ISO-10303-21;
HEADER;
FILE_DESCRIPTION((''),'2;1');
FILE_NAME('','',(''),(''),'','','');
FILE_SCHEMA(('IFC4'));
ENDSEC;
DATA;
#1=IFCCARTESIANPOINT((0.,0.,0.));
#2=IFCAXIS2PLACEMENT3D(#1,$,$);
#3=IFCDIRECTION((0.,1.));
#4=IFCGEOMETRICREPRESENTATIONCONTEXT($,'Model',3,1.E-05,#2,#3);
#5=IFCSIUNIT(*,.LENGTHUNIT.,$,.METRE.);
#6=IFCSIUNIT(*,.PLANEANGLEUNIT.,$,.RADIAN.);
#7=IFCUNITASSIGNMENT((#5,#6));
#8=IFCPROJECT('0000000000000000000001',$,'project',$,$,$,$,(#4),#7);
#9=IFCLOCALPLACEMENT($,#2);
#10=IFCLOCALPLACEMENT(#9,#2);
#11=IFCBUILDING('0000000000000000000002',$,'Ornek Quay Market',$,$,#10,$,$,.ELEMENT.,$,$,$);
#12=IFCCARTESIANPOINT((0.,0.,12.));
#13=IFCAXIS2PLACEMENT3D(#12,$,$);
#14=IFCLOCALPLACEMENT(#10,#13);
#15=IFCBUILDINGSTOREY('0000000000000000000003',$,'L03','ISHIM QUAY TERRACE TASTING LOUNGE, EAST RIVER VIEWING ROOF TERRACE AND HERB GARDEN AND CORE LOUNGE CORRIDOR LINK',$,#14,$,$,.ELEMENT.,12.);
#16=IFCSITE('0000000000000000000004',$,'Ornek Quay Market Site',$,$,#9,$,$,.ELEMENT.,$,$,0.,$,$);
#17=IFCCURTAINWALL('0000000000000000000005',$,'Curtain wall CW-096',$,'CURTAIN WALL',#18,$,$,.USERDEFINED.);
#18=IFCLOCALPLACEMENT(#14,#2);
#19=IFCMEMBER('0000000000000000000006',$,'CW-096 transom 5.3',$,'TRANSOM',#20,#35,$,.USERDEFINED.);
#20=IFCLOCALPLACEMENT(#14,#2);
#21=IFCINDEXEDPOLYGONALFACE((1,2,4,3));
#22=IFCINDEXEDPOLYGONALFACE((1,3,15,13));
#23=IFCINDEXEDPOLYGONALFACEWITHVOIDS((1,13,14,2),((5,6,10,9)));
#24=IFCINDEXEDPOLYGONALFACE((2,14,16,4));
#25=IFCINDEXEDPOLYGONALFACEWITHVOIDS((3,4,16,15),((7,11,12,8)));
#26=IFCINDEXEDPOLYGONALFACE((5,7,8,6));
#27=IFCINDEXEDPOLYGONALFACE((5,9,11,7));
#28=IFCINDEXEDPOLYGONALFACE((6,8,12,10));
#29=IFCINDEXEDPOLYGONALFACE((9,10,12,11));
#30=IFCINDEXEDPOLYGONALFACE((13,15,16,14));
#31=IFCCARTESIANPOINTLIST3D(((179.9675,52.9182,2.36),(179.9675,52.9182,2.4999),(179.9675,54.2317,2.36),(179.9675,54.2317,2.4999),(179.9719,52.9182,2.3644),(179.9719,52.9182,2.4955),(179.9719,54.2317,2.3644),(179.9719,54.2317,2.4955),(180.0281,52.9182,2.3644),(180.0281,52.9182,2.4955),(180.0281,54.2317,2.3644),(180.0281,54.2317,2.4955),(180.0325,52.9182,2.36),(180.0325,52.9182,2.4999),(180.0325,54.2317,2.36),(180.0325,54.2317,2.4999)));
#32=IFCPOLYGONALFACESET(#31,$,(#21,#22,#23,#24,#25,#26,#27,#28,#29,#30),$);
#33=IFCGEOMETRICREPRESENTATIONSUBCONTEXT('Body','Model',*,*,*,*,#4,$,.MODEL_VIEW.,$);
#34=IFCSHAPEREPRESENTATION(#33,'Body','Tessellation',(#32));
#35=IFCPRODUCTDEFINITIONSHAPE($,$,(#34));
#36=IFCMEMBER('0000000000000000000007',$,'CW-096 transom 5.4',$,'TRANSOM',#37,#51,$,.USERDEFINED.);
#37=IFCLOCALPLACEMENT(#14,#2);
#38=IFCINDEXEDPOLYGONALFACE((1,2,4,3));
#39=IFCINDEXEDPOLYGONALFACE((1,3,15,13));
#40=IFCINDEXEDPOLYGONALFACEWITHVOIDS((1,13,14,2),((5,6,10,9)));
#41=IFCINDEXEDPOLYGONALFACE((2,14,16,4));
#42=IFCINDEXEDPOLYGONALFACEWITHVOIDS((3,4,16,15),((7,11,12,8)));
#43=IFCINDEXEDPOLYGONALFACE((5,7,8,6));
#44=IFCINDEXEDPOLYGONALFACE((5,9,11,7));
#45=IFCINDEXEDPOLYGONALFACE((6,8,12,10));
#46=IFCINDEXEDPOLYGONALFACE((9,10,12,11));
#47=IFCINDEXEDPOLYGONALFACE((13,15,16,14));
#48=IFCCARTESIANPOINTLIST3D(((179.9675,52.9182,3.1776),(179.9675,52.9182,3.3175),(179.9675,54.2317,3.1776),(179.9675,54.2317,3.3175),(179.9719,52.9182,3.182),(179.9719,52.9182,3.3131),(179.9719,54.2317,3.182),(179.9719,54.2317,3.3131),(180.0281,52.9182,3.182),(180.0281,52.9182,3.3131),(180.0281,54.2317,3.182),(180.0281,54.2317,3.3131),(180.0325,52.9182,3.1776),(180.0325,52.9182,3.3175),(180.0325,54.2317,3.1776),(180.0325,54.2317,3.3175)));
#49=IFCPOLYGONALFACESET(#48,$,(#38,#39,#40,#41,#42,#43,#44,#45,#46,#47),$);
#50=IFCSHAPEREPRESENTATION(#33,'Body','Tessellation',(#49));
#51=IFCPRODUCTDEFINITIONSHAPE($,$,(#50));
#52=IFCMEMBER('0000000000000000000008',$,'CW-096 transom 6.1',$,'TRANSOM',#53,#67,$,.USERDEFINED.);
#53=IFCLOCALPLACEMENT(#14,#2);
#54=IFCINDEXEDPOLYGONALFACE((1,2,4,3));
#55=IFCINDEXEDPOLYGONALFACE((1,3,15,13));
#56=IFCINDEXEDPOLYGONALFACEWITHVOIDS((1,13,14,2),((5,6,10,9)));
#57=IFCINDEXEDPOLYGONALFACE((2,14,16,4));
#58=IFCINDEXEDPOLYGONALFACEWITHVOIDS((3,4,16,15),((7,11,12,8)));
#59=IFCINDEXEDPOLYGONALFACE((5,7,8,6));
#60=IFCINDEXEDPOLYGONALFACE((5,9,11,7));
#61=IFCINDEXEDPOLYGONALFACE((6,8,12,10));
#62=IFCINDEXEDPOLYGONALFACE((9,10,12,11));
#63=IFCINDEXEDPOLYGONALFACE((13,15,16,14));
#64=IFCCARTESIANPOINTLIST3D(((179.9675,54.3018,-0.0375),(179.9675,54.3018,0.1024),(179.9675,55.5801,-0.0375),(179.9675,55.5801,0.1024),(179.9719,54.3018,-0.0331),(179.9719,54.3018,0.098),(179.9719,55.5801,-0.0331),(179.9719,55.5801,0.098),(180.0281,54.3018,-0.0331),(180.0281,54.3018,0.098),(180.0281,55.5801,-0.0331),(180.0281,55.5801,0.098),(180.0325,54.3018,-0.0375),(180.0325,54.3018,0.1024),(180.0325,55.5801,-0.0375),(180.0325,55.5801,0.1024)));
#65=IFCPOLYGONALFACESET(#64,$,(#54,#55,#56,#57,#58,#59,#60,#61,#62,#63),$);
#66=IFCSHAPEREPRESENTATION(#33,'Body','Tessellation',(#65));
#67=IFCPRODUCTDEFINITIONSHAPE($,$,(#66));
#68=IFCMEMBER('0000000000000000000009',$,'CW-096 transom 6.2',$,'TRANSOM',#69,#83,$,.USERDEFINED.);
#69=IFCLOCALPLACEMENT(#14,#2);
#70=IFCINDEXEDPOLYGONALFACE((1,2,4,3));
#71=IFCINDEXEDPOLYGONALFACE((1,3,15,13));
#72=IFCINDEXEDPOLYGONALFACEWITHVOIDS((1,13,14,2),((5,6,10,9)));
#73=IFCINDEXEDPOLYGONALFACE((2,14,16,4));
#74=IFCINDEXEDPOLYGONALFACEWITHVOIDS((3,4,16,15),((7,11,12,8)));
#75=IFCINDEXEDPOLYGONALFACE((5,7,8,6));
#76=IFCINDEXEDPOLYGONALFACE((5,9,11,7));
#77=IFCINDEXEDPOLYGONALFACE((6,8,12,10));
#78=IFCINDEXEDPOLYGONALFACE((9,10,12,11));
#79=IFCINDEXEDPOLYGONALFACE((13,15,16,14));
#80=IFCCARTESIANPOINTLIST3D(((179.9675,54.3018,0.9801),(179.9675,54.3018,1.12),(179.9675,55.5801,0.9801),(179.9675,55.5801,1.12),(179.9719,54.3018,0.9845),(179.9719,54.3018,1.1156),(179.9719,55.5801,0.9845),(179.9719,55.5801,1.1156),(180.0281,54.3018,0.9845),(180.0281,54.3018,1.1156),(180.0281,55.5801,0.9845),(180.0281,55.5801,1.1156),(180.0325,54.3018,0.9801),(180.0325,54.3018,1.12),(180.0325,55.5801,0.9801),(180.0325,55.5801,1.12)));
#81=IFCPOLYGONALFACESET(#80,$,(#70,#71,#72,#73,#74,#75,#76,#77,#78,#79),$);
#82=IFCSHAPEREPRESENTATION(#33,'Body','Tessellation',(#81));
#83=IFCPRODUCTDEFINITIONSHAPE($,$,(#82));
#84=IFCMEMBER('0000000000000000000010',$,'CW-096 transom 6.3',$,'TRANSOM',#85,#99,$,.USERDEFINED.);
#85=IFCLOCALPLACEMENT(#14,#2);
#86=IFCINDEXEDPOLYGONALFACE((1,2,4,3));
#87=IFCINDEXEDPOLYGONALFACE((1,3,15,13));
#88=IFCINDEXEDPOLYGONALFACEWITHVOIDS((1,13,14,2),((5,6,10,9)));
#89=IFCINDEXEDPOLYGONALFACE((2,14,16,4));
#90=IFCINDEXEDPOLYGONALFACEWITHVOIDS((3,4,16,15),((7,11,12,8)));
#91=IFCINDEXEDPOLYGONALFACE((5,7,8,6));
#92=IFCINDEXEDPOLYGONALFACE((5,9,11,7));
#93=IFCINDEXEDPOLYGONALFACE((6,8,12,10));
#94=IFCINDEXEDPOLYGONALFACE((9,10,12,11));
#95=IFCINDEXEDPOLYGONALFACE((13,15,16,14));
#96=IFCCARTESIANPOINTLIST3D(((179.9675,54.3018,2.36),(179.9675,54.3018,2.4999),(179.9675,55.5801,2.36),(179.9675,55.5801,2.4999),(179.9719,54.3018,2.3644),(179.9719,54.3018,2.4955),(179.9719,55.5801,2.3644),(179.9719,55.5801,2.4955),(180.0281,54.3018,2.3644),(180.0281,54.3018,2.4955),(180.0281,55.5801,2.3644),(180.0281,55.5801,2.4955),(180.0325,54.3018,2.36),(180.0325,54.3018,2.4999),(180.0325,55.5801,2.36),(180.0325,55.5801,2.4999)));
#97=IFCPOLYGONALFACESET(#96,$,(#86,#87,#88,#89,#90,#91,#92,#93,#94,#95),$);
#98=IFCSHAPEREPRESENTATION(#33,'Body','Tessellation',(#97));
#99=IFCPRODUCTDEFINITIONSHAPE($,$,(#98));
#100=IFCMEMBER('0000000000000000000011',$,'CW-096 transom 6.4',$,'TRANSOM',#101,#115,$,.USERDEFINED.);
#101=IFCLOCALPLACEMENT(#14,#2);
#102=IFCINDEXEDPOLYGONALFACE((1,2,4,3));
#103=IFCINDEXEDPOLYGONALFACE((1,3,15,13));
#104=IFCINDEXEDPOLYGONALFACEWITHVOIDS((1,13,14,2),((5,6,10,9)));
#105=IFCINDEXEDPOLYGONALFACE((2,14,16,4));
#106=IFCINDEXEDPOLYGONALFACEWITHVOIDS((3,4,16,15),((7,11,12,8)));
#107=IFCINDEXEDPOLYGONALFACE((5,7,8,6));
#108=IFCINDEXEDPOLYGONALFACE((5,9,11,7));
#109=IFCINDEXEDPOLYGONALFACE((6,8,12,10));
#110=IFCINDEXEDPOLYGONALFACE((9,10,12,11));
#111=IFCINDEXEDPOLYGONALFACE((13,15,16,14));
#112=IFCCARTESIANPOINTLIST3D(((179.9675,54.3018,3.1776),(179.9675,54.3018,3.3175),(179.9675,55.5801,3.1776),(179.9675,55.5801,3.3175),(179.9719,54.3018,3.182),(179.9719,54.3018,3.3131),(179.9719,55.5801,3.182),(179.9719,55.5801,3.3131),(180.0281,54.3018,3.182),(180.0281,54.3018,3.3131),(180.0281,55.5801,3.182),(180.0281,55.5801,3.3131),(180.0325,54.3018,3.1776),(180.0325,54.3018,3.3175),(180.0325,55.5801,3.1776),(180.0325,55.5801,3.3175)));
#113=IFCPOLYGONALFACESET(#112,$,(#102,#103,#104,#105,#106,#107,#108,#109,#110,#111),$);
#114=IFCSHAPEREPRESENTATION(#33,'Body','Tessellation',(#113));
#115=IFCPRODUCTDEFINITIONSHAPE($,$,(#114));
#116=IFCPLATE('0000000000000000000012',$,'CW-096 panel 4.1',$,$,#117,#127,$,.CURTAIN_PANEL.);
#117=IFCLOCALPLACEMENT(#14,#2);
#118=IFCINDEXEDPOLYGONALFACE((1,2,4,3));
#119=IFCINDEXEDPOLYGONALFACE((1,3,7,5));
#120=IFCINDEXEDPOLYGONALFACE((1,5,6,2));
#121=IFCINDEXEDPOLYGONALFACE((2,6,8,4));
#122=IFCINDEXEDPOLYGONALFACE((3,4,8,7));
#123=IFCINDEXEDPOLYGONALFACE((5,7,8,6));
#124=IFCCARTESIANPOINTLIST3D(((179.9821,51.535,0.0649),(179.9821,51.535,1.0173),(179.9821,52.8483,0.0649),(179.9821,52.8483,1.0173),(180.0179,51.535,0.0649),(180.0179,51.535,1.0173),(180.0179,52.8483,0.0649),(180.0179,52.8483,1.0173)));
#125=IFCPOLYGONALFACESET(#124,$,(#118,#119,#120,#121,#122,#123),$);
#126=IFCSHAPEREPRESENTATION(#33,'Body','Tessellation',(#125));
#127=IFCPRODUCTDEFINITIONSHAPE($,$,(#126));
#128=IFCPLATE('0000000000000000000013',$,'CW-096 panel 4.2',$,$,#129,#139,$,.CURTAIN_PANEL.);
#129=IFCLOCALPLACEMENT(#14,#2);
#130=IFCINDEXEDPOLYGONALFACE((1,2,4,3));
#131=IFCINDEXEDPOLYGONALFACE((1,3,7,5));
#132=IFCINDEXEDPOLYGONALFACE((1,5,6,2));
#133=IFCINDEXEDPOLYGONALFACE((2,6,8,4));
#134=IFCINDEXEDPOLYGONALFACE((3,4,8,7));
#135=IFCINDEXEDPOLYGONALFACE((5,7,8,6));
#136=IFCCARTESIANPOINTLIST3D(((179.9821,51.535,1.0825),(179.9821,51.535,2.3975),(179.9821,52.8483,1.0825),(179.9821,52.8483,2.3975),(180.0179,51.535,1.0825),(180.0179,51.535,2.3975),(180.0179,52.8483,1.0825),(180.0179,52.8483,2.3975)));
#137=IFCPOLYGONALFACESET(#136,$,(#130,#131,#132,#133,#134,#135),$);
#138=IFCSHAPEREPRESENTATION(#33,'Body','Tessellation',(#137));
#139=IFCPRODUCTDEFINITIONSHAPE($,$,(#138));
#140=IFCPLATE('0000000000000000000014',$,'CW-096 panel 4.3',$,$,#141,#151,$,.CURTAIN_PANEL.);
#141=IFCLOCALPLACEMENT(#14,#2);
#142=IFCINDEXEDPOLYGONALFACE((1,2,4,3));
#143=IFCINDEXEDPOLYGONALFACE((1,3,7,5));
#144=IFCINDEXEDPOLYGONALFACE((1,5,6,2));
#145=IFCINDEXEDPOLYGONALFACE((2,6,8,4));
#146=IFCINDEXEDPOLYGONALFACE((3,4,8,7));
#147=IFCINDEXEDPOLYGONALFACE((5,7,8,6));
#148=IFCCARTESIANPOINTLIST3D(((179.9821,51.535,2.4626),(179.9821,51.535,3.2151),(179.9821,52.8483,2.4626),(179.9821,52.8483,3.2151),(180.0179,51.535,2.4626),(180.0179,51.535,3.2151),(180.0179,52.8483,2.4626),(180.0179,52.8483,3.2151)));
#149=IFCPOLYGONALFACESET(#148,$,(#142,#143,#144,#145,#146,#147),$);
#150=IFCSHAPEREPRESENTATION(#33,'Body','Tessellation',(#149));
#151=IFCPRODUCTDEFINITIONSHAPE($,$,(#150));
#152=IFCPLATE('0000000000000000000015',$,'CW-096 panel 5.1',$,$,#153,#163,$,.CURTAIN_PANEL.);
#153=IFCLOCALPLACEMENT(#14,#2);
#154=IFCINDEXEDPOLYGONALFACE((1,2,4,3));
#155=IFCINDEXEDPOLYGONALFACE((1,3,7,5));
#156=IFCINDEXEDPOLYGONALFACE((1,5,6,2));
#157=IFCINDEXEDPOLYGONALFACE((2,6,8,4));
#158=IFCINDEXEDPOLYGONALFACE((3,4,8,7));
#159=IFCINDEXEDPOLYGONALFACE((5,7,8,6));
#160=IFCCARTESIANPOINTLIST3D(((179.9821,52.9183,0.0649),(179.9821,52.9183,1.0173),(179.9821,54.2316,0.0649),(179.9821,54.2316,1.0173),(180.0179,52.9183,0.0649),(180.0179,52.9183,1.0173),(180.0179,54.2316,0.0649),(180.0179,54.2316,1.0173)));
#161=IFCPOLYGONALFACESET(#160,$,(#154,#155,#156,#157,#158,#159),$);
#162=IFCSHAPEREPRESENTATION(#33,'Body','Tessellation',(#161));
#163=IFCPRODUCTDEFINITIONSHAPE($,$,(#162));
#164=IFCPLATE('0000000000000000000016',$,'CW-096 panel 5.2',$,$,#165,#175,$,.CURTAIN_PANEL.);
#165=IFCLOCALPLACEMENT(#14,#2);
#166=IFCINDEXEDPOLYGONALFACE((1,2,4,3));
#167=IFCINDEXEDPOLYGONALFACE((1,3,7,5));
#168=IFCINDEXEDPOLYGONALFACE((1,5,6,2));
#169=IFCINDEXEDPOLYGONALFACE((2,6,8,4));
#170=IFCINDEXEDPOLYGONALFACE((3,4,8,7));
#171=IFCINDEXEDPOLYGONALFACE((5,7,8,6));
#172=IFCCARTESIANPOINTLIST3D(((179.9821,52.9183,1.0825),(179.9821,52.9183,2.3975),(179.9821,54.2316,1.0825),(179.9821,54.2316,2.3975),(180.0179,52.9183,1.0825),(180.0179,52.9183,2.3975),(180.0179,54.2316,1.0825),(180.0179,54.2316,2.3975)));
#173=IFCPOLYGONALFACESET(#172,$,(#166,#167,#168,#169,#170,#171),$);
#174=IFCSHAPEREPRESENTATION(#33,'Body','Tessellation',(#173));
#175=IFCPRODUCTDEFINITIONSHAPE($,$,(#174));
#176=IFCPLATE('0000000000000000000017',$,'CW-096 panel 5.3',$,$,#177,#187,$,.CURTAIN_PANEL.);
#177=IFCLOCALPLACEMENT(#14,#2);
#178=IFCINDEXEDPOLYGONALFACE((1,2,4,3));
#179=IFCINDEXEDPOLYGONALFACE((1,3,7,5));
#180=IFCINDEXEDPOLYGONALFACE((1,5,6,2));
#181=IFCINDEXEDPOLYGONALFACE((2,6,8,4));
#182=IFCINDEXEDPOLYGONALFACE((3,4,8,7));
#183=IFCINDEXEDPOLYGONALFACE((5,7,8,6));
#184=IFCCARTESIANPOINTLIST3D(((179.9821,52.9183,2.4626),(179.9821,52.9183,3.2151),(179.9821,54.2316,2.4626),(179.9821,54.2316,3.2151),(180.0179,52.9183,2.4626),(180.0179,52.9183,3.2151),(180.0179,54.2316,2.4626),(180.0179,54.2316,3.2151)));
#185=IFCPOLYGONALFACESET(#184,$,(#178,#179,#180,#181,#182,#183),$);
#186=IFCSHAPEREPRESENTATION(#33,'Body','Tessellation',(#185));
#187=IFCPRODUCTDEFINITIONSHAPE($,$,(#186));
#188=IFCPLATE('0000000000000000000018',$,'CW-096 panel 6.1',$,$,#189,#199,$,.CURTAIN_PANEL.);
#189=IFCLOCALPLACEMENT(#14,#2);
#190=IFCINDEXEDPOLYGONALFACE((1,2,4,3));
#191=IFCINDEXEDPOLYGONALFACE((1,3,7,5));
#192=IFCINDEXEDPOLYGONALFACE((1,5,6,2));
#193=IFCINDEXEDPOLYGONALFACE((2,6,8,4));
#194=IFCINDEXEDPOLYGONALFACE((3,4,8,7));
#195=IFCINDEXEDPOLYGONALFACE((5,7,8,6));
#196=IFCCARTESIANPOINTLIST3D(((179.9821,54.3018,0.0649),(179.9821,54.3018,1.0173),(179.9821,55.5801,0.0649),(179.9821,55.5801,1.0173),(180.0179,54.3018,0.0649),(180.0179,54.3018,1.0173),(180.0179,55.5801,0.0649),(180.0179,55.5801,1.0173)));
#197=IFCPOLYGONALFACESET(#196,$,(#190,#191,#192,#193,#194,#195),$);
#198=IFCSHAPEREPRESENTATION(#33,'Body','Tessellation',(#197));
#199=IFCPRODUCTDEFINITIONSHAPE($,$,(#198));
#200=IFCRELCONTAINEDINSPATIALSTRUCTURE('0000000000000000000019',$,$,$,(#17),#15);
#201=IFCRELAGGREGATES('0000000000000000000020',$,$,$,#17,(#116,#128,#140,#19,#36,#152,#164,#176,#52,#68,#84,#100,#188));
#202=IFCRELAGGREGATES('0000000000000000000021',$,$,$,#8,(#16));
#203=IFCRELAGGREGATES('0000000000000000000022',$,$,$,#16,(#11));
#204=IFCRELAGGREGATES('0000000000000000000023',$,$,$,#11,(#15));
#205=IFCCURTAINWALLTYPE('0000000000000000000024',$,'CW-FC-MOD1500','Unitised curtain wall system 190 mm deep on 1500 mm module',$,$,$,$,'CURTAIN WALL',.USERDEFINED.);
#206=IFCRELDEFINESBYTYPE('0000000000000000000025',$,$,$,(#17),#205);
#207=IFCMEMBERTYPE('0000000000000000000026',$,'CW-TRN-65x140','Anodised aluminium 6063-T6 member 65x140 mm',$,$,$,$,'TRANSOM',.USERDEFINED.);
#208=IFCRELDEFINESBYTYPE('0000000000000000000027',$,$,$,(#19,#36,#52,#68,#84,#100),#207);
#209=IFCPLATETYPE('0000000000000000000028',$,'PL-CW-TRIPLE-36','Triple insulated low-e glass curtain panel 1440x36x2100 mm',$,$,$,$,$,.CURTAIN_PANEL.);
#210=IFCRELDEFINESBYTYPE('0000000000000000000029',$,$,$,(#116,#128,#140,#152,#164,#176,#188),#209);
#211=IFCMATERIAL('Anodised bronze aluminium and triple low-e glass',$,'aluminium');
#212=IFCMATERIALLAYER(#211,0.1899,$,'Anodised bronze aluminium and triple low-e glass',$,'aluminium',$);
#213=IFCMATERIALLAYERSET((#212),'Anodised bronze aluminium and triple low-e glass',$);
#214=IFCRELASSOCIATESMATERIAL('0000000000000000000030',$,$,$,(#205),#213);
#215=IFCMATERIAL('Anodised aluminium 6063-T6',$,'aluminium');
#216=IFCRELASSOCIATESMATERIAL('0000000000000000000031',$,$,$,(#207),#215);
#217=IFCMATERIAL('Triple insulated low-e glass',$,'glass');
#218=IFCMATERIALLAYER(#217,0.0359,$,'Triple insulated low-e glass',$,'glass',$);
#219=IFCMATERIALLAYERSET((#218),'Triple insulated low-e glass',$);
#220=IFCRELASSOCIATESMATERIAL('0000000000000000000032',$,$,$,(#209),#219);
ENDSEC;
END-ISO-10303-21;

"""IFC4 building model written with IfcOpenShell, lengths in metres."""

from ifc_helpers import new_model, si_unit, direction, frame, origin, origin_2d, place, context, subcontext, project, spatial, rectangle, hollow_rectangle, extrude, material, layer, layer_set, material_profile, profile_set, type_object, element, aggregate, save


model = new_model("IFC4")

# Units and contexts
model_context = context("Model", 3, precision=1e-05, world=origin(), true_north=direction((0.0, 1.0)))
body_context = subcontext(model_context, "Body", "Model", "MODEL_VIEW")
ifc_project = project(units=[si_unit("LENGTHUNIT", "METRE"), si_unit("PLANEANGLEUNIT", "RADIAN")], contexts=[model_context])

# Site, building, storey
site_placement = place(None, origin())
site = spatial("IfcSite", under=ifc_project, at=site_placement, Name="Ornek Quay Market Site", CompositionType="ELEMENT", RefElevation=0.0)
building_placement = place(site_placement, origin())
building = spatial("IfcBuilding", under=site, at=building_placement, Name="Ornek Quay Market", CompositionType="ELEMENT")
storey_placement = place(building_placement, frame((0.0, 0.0, 12.0)))
storey = spatial("IfcBuildingStorey", under=building, at=storey_placement, Name="L03", Description="ISHIM QUAY TERRACE TASTING LOUNGE, EAST RIVER VIEWING ROOF TERRACE AND HERB GARDEN AND CORE LOUNGE CORRIDOR LINK", CompositionType="ELEMENT", Elevation=12.0)

# Curtain wall, members, plates
ifc_material_1 = material(Name="Anodised bronze aluminium and triple low-e glass", Category="aluminium")
ifc_layer_1 = layer(ifc_material_1, 0.1899, Name="Anodised bronze aluminium and triple low-e glass", Category="aluminium")
ifc_layer_set_1 = layer_set([ifc_layer_1], Name="Anodised bronze aluminium and triple low-e glass")
curtain_wall_type = type_object("IfcCurtainWallType", Name="CW-FC-MOD1500", Description="Unitised curtain wall system 190 mm deep on 1500 mm module", ElementType="CURTAIN WALL", PredefinedType="USERDEFINED", material=ifc_layer_set_1)
curtain_wall_placement = place(storey_placement, origin())
curtain_wall = element("IfcCurtainWall", 1, at=curtain_wall_placement, inside=storey, type_object=curtain_wall_type, Name="Curtain wall CW-096", ObjectType="CURTAIN WALL", PredefinedType="USERDEFINED")
ifc_material_2 = material(Name="Anodised aluminium 6063-T6", Category="aluminium")
ifc_material_profile_1 = material_profile(ifc_material_2, hollow_rectangle(XDim=0.0649, YDim=0.1399, WallThickness=0.0044, at=origin_2d()), Name="CW-TRN-65x140", Category="aluminium")
ifc_profile_set_1 = profile_set([ifc_material_profile_1], Name="Anodised aluminium 6063-T6")
member_type_1 = type_object("IfcMemberType", Name="CW-TRN-65x140", Description="Anodised aluminium 6063-T6 member 65x140 mm", ElementType="TRANSOM", PredefinedType="USERDEFINED", material=ifc_profile_set_1)
member_1_placement = place(storey_placement, frame((180.0, 52.9182, 2.4299), z_axis=(0.0, 1.0, 0.0), x_axis=(-1.0, 0.0, 0.0)))
member_1 = element("IfcMember", 2, at=member_1_placement, type_object=member_type_1, Name="CW-096 transom 5.3", ObjectType="TRANSOM", PredefinedType="USERDEFINED", context=body_context, shape_type="SweptSolid", body=[
    extrude(hollow_rectangle(XDim=0.0649, YDim=0.1399, WallThickness=0.0044, at=origin_2d()), origin(), (0.0, 0.0, 1.0), 1.3135),
])
member_2_placement = place(storey_placement, frame((180.0, 52.9182, 3.2476), z_axis=(0.0, 1.0, 0.0), x_axis=(-1.0, 0.0, 0.0)))
member_2 = element("IfcMember", 3, at=member_2_placement, type_object=member_type_1, Name="CW-096 transom 5.4", ObjectType="TRANSOM", PredefinedType="USERDEFINED", context=body_context, shape_type="SweptSolid", body=[
    extrude(hollow_rectangle(XDim=0.0649, YDim=0.1399, WallThickness=0.0044, at=origin_2d()), origin(), (0.0, 0.0, 1.0), 1.3135),
])
member_3_placement = place(storey_placement, frame((180.0, 54.3018, 0.0325), z_axis=(0.0, 1.0, 0.0), x_axis=(-1.0, 0.0, 0.0)))
member_3 = element("IfcMember", 4, at=member_3_placement, type_object=member_type_1, Name="CW-096 transom 6.1", ObjectType="TRANSOM", PredefinedType="USERDEFINED", context=body_context, shape_type="SweptSolid", body=[
    extrude(hollow_rectangle(XDim=0.0649, YDim=0.1399, WallThickness=0.0044, at=origin_2d()), origin(), (0.0, 0.0, 1.0), 1.2783),
])
member_4_placement = place(storey_placement, frame((180.0, 54.3018, 1.05), z_axis=(0.0, 1.0, 0.0), x_axis=(-1.0, 0.0, 0.0)))
member_4 = element("IfcMember", 5, at=member_4_placement, type_object=member_type_1, Name="CW-096 transom 6.2", ObjectType="TRANSOM", PredefinedType="USERDEFINED", context=body_context, shape_type="SweptSolid", body=[
    extrude(hollow_rectangle(XDim=0.0649, YDim=0.1399, WallThickness=0.0044, at=origin_2d()), origin(), (0.0, 0.0, 1.0), 1.2783),
])
member_5_placement = place(storey_placement, frame((180.0, 54.3018, 2.4299), z_axis=(0.0, 1.0, 0.0), x_axis=(-1.0, 0.0, 0.0)))
member_5 = element("IfcMember", 6, at=member_5_placement, type_object=member_type_1, Name="CW-096 transom 6.3", ObjectType="TRANSOM", PredefinedType="USERDEFINED", context=body_context, shape_type="SweptSolid", body=[
    extrude(hollow_rectangle(XDim=0.0649, YDim=0.1399, WallThickness=0.0044, at=origin_2d()), origin(), (0.0, 0.0, 1.0), 1.2783),
])
member_6_placement = place(storey_placement, frame((180.0, 54.3018, 3.2476), z_axis=(0.0, 1.0, 0.0), x_axis=(-1.0, 0.0, 0.0)))
member_6 = element("IfcMember", 7, at=member_6_placement, type_object=member_type_1, Name="CW-096 transom 6.4", ObjectType="TRANSOM", PredefinedType="USERDEFINED", context=body_context, shape_type="SweptSolid", body=[
    extrude(hollow_rectangle(XDim=0.0649, YDim=0.1399, WallThickness=0.0044, at=origin_2d()), origin(), (0.0, 0.0, 1.0), 1.2783),
])
ifc_material_3 = material(Name="Triple insulated low-e glass", Category="glass")
ifc_layer_2 = layer(ifc_material_3, 0.0359, Name="Triple insulated low-e glass", Category="glass")
ifc_layer_set_2 = layer_set([ifc_layer_2], Name="Triple insulated low-e glass")
plate_type = type_object("IfcPlateType", Name="PL-CW-TRIPLE-36", Description="Triple insulated low-e glass curtain panel 1440x36x2100 mm", PredefinedType="CURTAIN_PANEL", material=ifc_layer_set_2)
plate_1_placement = place(storey_placement, frame((180.0, 52.1917, 0.0649), z_axis=(0.0, 0.0, 1.0), x_axis=(0.0, 1.0, 0.0)))
plate_1 = element("IfcPlate", 8, at=plate_1_placement, type_object=plate_type, Name="CW-096 panel 4.1", PredefinedType="CURTAIN_PANEL", context=body_context, shape_type="SweptSolid", body=[
    extrude(rectangle(XDim=1.3132, YDim=0.0359, at=origin_2d()), origin(), (0.0, 0.0, 1.0), 0.9524),
])
plate_2_placement = place(storey_placement, frame((180.0, 52.1917, 1.0825), z_axis=(0.0, 0.0, 1.0), x_axis=(0.0, 1.0, 0.0)))
plate_2 = element("IfcPlate", 9, at=plate_2_placement, type_object=plate_type, Name="CW-096 panel 4.2", PredefinedType="CURTAIN_PANEL", context=body_context, shape_type="SweptSolid", body=[
    extrude(rectangle(XDim=1.3132, YDim=0.0359, at=origin_2d()), origin(), (0.0, 0.0, 1.0), 1.3149),
])
plate_3_placement = place(storey_placement, frame((180.0, 52.1917, 2.4626), z_axis=(0.0, 0.0, 1.0), x_axis=(0.0, 1.0, 0.0)))
plate_3 = element("IfcPlate", 10, at=plate_3_placement, type_object=plate_type, Name="CW-096 panel 4.3", PredefinedType="CURTAIN_PANEL", context=body_context, shape_type="SweptSolid", body=[
    extrude(rectangle(XDim=1.3132, YDim=0.0359, at=origin_2d()), origin(), (0.0, 0.0, 1.0), 0.7524),
])
plate_4_placement = place(storey_placement, frame((180.0, 53.575, 0.0649), z_axis=(0.0, 0.0, 1.0), x_axis=(0.0, 1.0, 0.0)))
plate_4 = element("IfcPlate", 11, at=plate_4_placement, type_object=plate_type, Name="CW-096 panel 5.1", PredefinedType="CURTAIN_PANEL", context=body_context, shape_type="SweptSolid", body=[
    extrude(rectangle(XDim=1.3132, YDim=0.0359, at=origin_2d()), origin(), (0.0, 0.0, 1.0), 0.9524),
])
plate_5_placement = place(storey_placement, frame((180.0, 53.575, 1.0825), z_axis=(0.0, 0.0, 1.0), x_axis=(0.0, 1.0, 0.0)))
plate_5 = element("IfcPlate", 12, at=plate_5_placement, type_object=plate_type, Name="CW-096 panel 5.2", PredefinedType="CURTAIN_PANEL", context=body_context, shape_type="SweptSolid", body=[
    extrude(rectangle(XDim=1.3132, YDim=0.0359, at=origin_2d()), origin(), (0.0, 0.0, 1.0), 1.3149),
])
plate_6_placement = place(storey_placement, frame((180.0, 53.575, 2.4626), z_axis=(0.0, 0.0, 1.0), x_axis=(0.0, 1.0, 0.0)))
plate_6 = element("IfcPlate", 13, at=plate_6_placement, type_object=plate_type, Name="CW-096 panel 5.3", PredefinedType="CURTAIN_PANEL", context=body_context, shape_type="SweptSolid", body=[
    extrude(rectangle(XDim=1.3132, YDim=0.0359, at=origin_2d()), origin(), (0.0, 0.0, 1.0), 0.7524),
])
plate_7_placement = place(storey_placement, frame((180.0, 54.9409, 0.0649), z_axis=(0.0, 0.0, 1.0), x_axis=(0.0, 1.0, 0.0)))
plate_7 = element("IfcPlate", 14, at=plate_7_placement, type_object=plate_type, Name="CW-096 panel 6.1", PredefinedType="CURTAIN_PANEL", context=body_context, shape_type="SweptSolid", body=[
    extrude(rectangle(XDim=1.2783, YDim=0.0359, at=origin_2d()), origin(), (0.0, 0.0, 1.0), 0.9524),
])
aggregate(curtain_wall, [plate_1, plate_2, plate_3, member_1, member_2, plate_4, plate_5, plate_6, member_3, member_4, member_5, member_6, plate_7])

save(model, "model.ifc")
